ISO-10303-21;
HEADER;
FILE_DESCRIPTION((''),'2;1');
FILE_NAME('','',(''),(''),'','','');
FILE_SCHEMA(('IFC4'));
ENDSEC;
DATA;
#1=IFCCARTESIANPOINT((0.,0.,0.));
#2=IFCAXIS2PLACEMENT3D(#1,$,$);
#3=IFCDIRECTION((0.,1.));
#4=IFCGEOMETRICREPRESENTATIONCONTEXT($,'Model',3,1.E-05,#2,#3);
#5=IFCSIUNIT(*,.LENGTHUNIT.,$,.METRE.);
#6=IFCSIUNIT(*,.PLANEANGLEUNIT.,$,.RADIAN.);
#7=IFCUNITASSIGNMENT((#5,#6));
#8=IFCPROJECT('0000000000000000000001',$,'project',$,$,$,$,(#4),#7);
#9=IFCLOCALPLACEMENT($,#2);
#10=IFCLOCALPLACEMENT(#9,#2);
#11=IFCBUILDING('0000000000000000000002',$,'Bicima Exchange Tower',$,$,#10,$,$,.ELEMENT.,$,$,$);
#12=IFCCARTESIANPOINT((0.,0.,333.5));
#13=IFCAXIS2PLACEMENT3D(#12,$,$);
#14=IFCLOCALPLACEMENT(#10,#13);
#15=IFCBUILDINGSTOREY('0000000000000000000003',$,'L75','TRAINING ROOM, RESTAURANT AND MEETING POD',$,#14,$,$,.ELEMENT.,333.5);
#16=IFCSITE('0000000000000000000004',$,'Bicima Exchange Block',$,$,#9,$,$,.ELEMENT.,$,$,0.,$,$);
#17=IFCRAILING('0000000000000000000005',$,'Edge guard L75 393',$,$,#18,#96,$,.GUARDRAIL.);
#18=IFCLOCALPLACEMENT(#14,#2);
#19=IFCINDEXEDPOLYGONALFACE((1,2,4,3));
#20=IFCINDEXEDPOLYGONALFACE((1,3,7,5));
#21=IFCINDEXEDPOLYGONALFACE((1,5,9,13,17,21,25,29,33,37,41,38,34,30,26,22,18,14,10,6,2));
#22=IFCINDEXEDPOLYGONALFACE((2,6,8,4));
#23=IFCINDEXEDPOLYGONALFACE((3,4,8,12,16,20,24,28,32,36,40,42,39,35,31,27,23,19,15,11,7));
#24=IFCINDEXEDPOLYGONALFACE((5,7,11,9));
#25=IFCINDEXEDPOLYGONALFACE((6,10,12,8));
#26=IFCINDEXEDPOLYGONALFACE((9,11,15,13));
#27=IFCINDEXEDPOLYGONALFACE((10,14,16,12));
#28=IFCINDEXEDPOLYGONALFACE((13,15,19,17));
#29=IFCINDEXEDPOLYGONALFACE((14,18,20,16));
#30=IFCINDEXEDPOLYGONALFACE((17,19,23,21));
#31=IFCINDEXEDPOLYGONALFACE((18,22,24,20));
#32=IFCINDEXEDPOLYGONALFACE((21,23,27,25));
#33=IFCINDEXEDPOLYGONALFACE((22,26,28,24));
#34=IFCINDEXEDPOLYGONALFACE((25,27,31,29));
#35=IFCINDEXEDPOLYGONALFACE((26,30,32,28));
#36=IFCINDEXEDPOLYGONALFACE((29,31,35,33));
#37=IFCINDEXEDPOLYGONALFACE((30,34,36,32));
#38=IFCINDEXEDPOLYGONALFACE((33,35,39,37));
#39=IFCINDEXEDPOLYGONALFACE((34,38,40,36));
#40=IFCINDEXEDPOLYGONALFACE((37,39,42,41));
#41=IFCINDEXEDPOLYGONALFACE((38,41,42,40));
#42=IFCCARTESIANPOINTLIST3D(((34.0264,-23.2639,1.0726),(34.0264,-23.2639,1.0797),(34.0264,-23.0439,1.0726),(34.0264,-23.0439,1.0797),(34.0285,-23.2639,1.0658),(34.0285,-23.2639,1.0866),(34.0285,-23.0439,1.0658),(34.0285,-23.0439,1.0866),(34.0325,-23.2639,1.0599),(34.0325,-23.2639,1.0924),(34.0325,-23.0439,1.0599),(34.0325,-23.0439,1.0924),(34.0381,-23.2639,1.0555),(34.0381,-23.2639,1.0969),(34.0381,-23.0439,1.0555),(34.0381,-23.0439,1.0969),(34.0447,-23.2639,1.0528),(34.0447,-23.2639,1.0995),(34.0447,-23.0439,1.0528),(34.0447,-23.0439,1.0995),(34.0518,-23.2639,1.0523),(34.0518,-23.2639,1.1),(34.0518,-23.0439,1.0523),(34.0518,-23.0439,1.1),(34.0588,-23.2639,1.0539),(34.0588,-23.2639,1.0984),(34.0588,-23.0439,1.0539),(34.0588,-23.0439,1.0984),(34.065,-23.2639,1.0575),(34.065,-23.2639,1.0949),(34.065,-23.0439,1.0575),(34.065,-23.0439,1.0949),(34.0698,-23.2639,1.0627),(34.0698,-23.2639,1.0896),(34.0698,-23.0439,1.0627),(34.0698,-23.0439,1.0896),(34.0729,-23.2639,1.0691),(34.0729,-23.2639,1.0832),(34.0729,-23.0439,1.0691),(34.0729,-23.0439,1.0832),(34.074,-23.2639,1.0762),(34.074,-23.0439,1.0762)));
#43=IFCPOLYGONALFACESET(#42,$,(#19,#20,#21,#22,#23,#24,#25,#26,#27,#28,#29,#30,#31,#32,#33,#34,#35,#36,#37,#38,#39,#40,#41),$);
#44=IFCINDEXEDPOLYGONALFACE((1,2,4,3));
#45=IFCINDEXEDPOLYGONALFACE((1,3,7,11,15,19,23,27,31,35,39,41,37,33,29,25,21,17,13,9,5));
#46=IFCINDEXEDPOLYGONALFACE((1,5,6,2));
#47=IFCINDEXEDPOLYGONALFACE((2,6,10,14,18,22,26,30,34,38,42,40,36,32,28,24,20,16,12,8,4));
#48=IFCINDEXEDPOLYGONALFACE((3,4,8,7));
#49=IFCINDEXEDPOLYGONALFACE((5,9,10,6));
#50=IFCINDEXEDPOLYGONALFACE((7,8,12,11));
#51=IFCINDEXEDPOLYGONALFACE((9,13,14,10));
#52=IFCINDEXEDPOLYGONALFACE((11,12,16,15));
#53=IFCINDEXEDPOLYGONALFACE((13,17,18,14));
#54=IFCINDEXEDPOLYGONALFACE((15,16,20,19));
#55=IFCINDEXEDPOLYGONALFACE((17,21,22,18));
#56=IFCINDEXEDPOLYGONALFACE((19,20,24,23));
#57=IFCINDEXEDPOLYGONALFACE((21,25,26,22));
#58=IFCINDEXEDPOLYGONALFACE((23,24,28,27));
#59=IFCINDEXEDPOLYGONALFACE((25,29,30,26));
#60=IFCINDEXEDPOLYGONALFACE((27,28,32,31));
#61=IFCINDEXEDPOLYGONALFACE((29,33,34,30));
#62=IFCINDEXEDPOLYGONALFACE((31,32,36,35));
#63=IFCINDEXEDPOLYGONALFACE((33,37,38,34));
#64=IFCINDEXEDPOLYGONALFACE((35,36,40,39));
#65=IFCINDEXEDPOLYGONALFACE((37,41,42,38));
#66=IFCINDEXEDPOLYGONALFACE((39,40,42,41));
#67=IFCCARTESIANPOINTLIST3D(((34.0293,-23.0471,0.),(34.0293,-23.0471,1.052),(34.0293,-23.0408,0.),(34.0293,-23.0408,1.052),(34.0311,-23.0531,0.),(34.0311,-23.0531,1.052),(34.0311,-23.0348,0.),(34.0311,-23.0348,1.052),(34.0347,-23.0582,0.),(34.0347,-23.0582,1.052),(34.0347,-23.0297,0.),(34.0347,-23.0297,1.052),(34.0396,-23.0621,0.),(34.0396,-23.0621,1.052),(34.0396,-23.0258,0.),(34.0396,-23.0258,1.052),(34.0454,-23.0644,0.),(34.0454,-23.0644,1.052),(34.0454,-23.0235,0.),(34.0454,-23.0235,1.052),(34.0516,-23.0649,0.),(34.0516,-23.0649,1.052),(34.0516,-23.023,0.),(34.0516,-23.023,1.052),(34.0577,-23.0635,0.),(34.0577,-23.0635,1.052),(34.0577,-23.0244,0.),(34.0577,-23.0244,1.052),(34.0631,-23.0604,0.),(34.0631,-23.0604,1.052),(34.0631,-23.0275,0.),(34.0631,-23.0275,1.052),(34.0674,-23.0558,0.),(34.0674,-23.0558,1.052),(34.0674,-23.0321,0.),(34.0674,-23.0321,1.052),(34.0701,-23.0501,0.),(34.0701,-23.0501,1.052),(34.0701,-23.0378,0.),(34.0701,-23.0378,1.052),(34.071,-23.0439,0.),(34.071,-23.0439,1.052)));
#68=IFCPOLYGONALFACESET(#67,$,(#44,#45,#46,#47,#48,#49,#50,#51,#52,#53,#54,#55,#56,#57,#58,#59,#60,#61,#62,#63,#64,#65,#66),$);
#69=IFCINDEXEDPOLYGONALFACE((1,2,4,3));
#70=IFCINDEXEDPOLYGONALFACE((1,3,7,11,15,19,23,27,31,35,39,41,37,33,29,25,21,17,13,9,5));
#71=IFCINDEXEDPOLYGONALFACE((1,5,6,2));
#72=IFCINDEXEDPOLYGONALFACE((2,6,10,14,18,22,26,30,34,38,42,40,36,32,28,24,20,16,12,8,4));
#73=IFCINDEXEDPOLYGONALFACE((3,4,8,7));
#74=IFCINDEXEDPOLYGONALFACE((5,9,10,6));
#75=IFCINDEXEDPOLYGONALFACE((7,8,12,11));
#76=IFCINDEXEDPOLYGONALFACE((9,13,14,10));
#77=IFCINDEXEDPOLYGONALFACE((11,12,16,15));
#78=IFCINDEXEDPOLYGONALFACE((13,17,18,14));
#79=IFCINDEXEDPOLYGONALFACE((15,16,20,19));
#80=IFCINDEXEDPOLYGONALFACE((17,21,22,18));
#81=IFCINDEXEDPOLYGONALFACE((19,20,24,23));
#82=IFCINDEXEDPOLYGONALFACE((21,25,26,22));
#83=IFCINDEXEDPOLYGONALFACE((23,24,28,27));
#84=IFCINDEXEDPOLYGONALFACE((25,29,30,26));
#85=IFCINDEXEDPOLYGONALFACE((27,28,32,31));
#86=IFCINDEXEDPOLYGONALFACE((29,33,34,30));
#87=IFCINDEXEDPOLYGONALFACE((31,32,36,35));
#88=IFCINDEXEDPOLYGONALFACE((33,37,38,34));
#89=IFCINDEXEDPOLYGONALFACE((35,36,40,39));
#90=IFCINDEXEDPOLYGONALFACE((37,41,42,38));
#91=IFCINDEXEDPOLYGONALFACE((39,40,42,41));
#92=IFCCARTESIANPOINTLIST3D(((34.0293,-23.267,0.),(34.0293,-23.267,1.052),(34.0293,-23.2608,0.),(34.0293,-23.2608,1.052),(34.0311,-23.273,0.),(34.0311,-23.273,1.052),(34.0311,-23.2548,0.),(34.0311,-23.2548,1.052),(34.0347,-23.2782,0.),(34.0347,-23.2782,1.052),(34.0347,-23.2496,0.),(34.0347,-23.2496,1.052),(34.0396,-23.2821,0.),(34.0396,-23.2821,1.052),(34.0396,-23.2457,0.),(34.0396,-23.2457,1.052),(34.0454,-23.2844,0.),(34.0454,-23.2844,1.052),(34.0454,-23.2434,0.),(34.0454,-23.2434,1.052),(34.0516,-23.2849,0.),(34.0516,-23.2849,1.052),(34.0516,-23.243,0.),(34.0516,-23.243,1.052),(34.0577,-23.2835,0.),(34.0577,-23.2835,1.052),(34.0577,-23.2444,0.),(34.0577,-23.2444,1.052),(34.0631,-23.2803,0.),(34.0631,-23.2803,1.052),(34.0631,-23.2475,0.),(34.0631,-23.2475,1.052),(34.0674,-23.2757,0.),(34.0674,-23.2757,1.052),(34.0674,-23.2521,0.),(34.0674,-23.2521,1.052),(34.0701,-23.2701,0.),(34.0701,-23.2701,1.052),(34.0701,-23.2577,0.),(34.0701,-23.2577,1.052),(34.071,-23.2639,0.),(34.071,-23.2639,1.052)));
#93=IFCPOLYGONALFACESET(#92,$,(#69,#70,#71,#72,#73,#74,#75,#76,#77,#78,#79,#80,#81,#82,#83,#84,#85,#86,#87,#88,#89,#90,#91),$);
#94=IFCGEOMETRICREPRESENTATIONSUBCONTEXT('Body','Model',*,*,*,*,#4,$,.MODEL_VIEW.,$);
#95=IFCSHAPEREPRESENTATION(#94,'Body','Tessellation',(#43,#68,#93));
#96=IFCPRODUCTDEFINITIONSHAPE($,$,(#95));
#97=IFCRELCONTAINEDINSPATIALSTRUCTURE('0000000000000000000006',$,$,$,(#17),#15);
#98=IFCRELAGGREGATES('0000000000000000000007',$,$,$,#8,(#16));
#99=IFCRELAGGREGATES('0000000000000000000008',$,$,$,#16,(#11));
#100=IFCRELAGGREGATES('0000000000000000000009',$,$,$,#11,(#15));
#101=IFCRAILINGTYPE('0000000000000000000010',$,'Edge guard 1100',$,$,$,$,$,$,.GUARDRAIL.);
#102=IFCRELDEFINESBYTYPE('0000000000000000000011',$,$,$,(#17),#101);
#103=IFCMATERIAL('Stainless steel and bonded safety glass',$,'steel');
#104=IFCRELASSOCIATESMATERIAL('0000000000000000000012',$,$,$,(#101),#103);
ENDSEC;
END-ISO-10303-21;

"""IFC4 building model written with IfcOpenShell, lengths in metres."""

from ifc_helpers import new_model, si_unit, direction, frame, origin, origin_2d, place, context, subcontext, project, spatial, circle, extrude, material, type_object, element, save


model = new_model("IFC4")

# Units and contexts
model_context = context("Model", 3, precision=1e-05, world=origin(), true_north=direction((0.0, 1.0)))
body_context = subcontext(model_context, "Body", "Model", "MODEL_VIEW")
ifc_project = project(units=[si_unit("LENGTHUNIT", "METRE"), si_unit("PLANEANGLEUNIT", "RADIAN")], contexts=[model_context])

# Site, building, storey
site_placement = place(None, origin())
site = spatial("IfcSite", under=ifc_project, at=site_placement, Name="Bicima Exchange Block", CompositionType="ELEMENT", RefElevation=0.0)
building_placement = place(site_placement, origin())
building = spatial("IfcBuilding", under=site, at=building_placement, Name="Bicima Exchange Tower", CompositionType="ELEMENT")
storey_placement = place(building_placement, frame((0.0, 0.0, 333.5)))
storey = spatial("IfcBuildingStorey", under=building, at=storey_placement, Name="L75", Description="TRAINING ROOM, RESTAURANT AND MEETING POD", CompositionType="ELEMENT", Elevation=333.5)

# Railing
ifc_material_1 = material(Name="Stainless steel and bonded safety glass", Category="steel")
railing_type = type_object("IfcRailingType", Name="Edge guard 1100", PredefinedType="GUARDRAIL", material=ifc_material_1)
railing_1_placement = place(storey_placement, frame((34.05, -23.0439, 0.0)))
element("IfcRailing", 1, at=railing_1_placement, inside=storey, type_object=railing_type, Name="Edge guard L75 393", PredefinedType="GUARDRAIL", context=body_context, shape_type="SweptSolid", body=[
    extrude(circle(Radius=0.0239, at=origin_2d()), frame((0.0, 0.0, 1.0762), z_axis=(0.0, -1.0, 0.0), x_axis=(1.0, 0.0, 0.0)), (0.0, 0.0, 1.0), 0.22),
    extrude(circle(Radius=0.021, at=origin_2d()), origin(), (0.0, 0.0, 1.0), 1.052),
    extrude(circle(Radius=0.021, at=origin_2d()), frame((0.0, -0.22, 0.0)), (0.0, 0.0, 1.0), 1.052),
])

save(model, "model.ifc")
